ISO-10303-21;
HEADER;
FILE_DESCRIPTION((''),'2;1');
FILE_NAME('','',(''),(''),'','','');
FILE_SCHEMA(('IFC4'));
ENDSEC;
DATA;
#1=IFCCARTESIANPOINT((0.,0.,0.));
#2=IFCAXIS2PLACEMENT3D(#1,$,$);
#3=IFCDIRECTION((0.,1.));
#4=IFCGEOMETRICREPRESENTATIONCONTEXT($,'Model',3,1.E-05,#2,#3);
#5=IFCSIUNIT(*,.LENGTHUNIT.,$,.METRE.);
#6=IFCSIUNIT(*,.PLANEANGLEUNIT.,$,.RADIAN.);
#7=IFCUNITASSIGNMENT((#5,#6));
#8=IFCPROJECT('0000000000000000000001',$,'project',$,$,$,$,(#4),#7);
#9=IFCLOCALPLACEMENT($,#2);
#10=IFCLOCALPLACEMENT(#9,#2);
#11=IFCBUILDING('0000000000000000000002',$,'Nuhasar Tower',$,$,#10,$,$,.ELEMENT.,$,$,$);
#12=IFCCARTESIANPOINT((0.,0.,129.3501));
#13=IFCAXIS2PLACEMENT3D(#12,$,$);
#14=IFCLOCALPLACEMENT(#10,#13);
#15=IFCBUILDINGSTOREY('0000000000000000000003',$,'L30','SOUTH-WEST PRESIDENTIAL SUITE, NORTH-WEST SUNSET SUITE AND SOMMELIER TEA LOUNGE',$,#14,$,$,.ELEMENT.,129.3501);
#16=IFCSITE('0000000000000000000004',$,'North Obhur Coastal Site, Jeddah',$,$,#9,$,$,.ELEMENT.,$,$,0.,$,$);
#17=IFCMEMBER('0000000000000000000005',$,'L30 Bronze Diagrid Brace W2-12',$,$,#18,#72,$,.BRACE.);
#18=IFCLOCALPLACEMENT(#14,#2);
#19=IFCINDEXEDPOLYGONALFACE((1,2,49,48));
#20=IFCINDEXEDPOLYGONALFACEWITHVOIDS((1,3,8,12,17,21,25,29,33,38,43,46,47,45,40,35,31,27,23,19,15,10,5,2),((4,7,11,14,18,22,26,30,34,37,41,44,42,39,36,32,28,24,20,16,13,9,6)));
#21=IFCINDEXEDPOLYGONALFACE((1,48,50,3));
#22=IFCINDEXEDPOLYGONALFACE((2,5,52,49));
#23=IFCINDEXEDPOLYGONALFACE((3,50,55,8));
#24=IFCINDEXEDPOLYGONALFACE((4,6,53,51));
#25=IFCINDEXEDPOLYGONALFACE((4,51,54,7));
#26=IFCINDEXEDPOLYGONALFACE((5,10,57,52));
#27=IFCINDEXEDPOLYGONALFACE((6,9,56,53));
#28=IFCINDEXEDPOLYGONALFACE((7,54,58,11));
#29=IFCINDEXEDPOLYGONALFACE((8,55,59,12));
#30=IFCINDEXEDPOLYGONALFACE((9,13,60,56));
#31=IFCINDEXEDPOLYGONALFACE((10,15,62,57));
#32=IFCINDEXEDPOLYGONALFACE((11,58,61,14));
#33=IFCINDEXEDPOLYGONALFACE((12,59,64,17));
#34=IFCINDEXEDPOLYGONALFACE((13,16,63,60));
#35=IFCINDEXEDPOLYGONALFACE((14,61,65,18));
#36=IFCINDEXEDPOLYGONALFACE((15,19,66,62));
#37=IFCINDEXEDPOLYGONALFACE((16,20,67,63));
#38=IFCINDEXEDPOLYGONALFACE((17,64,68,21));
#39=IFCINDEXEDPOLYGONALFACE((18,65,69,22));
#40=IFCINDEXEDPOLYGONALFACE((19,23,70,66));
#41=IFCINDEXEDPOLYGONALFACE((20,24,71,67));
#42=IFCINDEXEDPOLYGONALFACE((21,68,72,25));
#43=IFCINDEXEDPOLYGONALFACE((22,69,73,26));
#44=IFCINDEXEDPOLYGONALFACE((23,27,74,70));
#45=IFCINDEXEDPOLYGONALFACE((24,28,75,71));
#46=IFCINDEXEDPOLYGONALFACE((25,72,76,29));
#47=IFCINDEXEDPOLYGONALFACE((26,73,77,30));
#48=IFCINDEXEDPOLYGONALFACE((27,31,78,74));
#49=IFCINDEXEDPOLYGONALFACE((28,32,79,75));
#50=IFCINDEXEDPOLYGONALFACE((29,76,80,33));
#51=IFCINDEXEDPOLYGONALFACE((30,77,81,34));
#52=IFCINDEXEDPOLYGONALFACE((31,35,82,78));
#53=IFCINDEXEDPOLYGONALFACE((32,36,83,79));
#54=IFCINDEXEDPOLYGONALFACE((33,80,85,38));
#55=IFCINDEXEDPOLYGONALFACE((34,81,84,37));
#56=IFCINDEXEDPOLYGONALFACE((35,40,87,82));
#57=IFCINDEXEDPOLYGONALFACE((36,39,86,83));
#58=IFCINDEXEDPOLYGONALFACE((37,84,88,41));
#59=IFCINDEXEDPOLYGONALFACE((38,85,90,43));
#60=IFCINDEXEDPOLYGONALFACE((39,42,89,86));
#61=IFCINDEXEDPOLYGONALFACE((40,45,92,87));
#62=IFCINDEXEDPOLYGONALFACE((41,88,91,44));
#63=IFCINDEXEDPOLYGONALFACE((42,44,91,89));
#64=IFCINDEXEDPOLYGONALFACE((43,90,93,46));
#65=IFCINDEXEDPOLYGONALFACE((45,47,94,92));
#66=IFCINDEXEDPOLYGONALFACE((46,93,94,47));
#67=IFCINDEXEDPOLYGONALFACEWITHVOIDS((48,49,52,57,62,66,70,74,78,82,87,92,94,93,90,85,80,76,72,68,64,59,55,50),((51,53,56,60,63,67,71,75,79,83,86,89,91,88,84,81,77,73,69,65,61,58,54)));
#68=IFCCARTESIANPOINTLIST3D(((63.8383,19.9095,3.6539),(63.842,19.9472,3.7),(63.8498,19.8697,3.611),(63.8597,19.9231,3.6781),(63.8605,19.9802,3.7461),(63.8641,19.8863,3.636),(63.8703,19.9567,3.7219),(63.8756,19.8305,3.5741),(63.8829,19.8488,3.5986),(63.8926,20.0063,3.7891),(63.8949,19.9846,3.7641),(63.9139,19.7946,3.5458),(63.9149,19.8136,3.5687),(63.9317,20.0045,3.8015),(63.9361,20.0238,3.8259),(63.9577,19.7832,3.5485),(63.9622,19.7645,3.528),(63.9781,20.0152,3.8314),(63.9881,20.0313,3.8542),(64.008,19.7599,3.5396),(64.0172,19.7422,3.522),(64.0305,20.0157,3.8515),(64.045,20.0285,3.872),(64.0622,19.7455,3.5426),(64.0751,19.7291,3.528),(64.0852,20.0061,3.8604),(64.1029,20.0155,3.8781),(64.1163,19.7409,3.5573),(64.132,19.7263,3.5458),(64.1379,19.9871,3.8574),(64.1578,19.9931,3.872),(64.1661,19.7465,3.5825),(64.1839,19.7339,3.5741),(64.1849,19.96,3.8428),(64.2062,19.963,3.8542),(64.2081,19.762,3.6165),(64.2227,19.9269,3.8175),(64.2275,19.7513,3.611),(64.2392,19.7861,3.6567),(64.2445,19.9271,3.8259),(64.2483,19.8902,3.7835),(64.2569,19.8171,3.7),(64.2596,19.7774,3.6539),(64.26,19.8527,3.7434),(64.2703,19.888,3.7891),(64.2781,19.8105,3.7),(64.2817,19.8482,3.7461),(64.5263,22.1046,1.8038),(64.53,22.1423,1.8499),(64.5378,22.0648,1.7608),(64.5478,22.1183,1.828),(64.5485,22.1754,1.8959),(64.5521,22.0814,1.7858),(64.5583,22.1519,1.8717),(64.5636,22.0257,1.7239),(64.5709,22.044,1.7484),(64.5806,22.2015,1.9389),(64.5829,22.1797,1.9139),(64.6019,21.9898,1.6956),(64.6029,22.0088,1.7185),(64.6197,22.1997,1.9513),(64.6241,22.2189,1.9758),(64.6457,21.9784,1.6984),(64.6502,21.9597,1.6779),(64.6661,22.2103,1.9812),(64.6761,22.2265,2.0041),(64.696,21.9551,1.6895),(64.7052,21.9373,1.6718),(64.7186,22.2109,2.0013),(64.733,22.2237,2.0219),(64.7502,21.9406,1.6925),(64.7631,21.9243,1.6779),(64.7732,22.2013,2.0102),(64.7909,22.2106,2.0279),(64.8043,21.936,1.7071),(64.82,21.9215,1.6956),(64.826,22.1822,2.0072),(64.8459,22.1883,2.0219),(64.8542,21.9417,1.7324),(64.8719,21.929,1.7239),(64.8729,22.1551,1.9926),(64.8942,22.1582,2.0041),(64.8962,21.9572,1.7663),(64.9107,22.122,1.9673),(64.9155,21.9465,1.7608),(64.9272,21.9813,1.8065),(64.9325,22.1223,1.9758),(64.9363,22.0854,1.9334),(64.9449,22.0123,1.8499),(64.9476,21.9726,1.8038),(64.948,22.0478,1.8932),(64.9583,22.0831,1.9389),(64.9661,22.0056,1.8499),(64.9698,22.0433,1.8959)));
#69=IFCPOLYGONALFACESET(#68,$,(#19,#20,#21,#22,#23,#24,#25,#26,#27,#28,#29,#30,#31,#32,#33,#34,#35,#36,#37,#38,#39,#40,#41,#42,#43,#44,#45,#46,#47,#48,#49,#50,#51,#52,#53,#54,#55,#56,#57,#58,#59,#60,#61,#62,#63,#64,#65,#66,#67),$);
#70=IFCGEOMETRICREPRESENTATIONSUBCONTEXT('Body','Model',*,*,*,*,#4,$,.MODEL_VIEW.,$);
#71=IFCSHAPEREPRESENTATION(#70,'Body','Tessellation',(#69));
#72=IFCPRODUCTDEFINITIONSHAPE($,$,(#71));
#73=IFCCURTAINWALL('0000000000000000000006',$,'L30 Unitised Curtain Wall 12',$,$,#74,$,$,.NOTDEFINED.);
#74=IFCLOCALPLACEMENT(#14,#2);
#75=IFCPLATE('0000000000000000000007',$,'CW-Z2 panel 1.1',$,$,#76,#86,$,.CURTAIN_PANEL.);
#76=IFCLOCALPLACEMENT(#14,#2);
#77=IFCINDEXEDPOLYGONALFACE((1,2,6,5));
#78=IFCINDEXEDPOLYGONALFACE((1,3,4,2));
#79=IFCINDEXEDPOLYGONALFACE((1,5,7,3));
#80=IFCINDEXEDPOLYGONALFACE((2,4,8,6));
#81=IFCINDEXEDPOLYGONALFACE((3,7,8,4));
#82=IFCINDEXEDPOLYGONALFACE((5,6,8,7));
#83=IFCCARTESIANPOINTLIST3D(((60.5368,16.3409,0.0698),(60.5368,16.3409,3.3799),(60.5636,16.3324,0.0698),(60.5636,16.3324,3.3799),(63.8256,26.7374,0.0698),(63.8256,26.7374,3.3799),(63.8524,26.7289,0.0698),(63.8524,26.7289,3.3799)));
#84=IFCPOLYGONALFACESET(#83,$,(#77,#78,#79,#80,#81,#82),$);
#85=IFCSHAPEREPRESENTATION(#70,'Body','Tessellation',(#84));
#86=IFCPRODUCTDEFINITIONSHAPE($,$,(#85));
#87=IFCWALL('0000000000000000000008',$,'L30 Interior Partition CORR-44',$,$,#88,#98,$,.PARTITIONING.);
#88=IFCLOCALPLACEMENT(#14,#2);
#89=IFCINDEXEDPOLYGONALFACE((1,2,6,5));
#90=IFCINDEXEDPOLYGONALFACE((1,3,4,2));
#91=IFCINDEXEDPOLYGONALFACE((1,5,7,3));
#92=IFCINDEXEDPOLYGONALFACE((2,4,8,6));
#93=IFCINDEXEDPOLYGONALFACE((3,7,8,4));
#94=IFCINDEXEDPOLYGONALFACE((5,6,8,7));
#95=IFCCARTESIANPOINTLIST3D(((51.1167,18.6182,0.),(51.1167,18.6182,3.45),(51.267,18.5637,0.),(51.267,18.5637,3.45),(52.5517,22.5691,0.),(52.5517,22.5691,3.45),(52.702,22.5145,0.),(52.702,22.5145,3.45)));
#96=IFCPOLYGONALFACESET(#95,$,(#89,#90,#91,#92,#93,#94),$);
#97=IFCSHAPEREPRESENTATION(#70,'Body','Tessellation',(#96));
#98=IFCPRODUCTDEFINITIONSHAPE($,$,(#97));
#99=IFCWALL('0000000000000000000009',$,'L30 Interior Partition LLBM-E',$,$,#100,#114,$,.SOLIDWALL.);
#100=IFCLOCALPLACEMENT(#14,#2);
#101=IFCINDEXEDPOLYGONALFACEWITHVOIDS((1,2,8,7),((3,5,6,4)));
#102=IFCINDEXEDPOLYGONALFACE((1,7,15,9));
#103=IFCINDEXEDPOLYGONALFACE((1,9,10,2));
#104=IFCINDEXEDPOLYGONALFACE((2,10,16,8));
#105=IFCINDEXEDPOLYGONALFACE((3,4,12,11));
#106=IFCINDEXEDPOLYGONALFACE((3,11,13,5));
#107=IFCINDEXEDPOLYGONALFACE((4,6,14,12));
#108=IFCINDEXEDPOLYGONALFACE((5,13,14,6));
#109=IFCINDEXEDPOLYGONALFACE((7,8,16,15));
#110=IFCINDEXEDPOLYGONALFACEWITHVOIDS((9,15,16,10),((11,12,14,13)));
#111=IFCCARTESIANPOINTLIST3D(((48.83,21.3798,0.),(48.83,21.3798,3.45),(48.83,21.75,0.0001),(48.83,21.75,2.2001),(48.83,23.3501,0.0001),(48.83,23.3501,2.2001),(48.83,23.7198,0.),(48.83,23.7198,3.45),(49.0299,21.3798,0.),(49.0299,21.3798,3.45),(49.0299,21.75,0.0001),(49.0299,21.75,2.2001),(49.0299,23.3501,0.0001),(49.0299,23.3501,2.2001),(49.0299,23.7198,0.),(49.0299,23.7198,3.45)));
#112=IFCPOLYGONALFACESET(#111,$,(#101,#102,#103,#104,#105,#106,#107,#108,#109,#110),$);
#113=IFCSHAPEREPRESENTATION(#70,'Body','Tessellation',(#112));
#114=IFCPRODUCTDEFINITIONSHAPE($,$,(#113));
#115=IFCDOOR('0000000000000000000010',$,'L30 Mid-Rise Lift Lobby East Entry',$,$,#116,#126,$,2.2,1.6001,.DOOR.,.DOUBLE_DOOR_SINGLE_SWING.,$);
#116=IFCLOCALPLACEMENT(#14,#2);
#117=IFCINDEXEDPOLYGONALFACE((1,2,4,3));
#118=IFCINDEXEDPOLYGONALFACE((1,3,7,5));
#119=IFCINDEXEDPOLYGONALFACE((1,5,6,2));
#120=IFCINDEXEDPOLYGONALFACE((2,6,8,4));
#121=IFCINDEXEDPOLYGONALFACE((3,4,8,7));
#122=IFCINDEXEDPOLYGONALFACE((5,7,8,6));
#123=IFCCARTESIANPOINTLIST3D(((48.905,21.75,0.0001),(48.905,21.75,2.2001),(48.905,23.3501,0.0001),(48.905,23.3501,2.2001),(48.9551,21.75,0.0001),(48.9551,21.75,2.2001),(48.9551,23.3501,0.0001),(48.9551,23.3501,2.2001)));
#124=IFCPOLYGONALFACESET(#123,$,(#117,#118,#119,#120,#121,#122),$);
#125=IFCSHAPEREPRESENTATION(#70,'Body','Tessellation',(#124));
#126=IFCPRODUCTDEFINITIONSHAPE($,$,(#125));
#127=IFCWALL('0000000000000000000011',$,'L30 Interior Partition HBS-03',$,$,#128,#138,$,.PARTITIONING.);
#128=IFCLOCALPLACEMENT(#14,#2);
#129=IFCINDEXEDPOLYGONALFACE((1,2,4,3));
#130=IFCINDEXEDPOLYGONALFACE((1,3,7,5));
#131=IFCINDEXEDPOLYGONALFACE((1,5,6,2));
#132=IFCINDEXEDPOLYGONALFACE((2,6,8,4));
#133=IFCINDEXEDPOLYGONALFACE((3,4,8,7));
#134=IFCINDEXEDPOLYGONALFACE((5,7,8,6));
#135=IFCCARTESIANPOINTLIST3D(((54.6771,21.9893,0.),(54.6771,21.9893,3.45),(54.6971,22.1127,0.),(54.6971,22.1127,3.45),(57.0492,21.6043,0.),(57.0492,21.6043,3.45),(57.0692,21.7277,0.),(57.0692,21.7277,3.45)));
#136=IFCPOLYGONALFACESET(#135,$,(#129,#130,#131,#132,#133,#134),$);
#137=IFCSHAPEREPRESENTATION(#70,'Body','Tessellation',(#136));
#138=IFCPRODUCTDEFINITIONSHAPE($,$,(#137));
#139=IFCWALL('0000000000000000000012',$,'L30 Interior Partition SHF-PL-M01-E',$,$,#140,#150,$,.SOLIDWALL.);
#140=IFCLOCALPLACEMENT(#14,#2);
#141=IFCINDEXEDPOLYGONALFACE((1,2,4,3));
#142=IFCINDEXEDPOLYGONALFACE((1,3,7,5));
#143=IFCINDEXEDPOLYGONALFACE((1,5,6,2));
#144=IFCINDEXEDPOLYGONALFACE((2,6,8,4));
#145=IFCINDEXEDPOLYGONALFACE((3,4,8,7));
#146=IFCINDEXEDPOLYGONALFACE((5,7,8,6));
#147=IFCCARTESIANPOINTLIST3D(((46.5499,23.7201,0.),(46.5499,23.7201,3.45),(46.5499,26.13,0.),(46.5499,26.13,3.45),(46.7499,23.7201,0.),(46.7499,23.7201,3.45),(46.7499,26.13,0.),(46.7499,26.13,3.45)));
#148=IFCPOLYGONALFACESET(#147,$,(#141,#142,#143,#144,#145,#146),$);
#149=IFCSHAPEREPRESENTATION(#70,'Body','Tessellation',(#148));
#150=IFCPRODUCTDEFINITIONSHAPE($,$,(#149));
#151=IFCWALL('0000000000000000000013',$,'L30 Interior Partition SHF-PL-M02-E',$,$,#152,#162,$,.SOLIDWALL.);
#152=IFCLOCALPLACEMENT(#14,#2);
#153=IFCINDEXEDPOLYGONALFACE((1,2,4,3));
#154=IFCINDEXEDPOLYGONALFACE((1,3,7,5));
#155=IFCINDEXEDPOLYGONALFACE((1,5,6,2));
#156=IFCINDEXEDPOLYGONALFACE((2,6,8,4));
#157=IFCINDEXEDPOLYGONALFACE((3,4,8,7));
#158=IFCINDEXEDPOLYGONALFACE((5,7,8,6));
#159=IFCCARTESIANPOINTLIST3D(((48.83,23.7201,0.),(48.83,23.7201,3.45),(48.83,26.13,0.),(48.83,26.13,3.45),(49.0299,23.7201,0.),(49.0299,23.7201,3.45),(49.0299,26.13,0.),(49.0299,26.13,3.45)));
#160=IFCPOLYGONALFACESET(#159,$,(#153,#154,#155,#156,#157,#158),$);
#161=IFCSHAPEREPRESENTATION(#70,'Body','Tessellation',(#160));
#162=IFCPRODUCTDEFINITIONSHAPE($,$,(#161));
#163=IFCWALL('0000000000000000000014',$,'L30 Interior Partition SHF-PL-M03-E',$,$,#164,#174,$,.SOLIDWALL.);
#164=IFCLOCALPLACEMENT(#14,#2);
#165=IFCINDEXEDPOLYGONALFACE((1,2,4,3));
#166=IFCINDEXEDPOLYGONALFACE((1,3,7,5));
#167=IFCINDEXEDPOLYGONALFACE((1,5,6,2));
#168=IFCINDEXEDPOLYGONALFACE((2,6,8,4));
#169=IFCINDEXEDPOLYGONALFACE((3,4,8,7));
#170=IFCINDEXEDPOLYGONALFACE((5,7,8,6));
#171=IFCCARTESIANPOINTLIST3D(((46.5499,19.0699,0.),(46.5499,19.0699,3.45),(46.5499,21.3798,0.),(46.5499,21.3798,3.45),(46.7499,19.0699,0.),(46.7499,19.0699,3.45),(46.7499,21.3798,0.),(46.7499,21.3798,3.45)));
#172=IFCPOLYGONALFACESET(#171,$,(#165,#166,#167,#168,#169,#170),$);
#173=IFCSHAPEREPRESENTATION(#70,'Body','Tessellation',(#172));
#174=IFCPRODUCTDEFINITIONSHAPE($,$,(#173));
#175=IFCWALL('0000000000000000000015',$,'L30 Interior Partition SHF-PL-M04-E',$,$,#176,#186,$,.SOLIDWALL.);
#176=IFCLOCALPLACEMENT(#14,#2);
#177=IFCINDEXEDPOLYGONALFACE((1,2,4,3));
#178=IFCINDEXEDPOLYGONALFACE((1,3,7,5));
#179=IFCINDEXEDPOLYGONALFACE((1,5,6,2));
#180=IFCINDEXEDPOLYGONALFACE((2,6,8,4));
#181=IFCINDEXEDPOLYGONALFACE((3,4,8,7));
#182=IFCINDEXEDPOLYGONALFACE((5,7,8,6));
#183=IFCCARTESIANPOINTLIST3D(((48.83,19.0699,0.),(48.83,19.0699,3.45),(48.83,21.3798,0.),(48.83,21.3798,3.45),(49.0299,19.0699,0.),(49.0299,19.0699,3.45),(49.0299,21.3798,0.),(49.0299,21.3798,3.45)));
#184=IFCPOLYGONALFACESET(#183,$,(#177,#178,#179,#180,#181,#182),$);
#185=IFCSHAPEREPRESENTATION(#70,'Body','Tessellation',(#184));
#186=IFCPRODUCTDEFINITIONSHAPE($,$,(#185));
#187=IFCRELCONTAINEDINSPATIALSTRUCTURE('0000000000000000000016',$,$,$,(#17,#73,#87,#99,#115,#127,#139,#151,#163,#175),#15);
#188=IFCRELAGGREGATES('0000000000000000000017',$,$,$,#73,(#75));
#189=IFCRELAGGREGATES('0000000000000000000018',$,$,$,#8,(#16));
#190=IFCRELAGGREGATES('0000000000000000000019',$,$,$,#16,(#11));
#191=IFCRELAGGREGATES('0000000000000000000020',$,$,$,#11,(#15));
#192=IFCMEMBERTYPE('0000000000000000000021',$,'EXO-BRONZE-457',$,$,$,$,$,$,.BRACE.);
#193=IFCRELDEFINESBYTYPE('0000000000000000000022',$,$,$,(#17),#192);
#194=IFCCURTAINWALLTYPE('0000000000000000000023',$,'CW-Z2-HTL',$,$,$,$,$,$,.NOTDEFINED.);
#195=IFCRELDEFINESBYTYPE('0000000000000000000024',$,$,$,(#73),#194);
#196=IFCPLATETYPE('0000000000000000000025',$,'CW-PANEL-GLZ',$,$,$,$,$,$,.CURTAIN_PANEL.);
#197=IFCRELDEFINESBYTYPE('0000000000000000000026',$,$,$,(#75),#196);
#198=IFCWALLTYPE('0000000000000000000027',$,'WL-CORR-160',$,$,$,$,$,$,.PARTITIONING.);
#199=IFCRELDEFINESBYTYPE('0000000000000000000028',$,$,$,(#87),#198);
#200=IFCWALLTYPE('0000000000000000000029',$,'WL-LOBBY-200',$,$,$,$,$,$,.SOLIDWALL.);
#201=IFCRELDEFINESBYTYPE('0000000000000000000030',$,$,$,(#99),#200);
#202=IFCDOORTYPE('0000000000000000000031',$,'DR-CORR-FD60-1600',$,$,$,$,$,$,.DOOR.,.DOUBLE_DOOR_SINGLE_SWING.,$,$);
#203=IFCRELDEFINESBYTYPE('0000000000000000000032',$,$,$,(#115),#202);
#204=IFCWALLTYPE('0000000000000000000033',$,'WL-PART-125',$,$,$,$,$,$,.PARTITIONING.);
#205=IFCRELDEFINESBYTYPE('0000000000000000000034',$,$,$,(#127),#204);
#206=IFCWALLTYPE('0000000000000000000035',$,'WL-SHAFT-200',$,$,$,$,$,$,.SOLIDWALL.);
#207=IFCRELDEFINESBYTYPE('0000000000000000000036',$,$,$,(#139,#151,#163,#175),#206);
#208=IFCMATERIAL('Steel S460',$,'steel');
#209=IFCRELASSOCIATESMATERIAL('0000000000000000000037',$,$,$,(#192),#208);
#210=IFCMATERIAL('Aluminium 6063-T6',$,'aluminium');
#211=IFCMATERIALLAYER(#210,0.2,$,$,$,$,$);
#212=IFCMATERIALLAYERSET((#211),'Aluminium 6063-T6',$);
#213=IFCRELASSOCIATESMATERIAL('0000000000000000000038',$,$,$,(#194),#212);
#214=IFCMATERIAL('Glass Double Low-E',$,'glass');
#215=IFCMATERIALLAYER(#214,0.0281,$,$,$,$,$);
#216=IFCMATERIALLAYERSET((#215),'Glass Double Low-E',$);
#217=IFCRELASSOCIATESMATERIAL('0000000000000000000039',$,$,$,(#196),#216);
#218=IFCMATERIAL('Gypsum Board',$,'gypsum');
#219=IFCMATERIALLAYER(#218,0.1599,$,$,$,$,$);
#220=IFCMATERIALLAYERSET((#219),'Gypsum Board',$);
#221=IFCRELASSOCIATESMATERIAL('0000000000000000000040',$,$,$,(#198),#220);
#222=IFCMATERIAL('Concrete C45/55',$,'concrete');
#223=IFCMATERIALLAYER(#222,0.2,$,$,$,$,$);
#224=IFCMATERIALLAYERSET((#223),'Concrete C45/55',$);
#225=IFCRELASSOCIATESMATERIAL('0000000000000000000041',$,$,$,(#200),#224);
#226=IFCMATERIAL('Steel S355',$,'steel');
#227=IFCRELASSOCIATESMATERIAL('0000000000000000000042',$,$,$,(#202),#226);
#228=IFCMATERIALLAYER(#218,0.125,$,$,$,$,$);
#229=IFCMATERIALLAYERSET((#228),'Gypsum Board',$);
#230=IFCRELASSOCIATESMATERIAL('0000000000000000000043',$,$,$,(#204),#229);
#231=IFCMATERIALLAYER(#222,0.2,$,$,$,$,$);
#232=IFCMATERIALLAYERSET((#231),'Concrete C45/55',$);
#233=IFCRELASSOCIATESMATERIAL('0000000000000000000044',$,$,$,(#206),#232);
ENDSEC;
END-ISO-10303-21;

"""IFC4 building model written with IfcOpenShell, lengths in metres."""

from ifc_helpers import new_model, si_unit, direction, frame, frame_2d, origin, origin_2d, place, context, subcontext, project, spatial, rectangle, hollow_circle, extrude, material, layer, layer_set, material_profile, profile_set, type_object, element, fill, aggregate, save


model = new_model("IFC4")

# Units and contexts
model_context = context("Model", 3, precision=1e-05, world=origin(), true_north=direction((0.0, 1.0)))
body_context = subcontext(model_context, "Body", "Model", "MODEL_VIEW")
ifc_project = project(units=[si_unit("LENGTHUNIT", "METRE"), si_unit("PLANEANGLEUNIT", "RADIAN")], contexts=[model_context])

# Site, building, storey
site_placement = place(None, origin())
site = spatial("IfcSite", under=ifc_project, at=site_placement, Name="North Obhur Coastal Site, Jeddah", CompositionType="ELEMENT", RefElevation=0.0)
building_placement = place(site_placement, origin())
building = spatial("IfcBuilding", under=site, at=building_placement, Name="Nuhasar Tower", CompositionType="ELEMENT")
storey_placement = place(building_placement, frame((0.0, 0.0, 129.3501)))
storey = spatial("IfcBuildingStorey", under=building, at=storey_placement, Name="L30", Description="SOUTH-WEST PRESIDENTIAL SUITE, NORTH-WEST SUNSET SUITE AND SOMMELIER TEA LOUNGE", CompositionType="ELEMENT", Elevation=129.3501)

# Shared definitions
ifc_material_1 = material(Name="Steel S355", Category="steel")

# Member
ifc_material_2 = material(Name="Steel S460", Category="steel")
ifc_material_profile_1 = material_profile(ifc_material_2, hollow_circle(Radius=0.2285, WallThickness=0.0222, at=origin_2d()), Name="HSS457X22.2")
ifc_profile_set_1 = profile_set([ifc_material_profile_1], Name="Steel S460")
member_type = type_object("IfcMemberType", Name="EXO-BRONZE-457", PredefinedType="BRACE", material=ifc_profile_set_1)
member_1_placement = place(storey_placement, frame((64.748, 22.074, 1.8499), z_axis=(-0.233056, -0.743578, 0.626719), x_axis=(0.954228, -0.299079, 0.0)))
element("IfcMember", 1, at=member_1_placement, inside=storey, type_object=member_type, Name="L30 Bronze Diagrid Brace W2-12", PredefinedType="BRACE", context=body_context, shape_type="SweptSolid", body=[
    extrude(hollow_circle(Radius=0.2285, WallThickness=0.0222, at=origin_2d()), origin(), (0.0, 0.0, 1.0), 2.9521),
])

# Curtain wall, plate
ifc_material_3 = material(Name="Aluminium 6063-T6", Category="aluminium")
ifc_layer_1 = layer(ifc_material_3, 0.2)
ifc_layer_set_1 = layer_set([ifc_layer_1], Name="Aluminium 6063-T6")
curtain_wall_type = type_object("IfcCurtainWallType", Name="CW-Z2-HTL", PredefinedType="NOTDEFINED", material=ifc_layer_set_1)
curtain_wall_placement = place(storey_placement, origin())
curtain_wall = element("IfcCurtainWall", 2, at=curtain_wall_placement, inside=storey, type_object=curtain_wall_type, Name="L30 Unitised Curtain Wall 12", PredefinedType="NOTDEFINED")
ifc_material_4 = material(Name="Glass Double Low-E", Category="glass")
ifc_layer_2 = layer(ifc_material_4, 0.0281)
ifc_layer_set_2 = layer_set([ifc_layer_2], Name="Glass Double Low-E")
plate_type = type_object("IfcPlateType", Name="CW-PANEL-GLZ", PredefinedType="CURTAIN_PANEL", material=ifc_layer_set_2)
plate_placement = place(storey_placement, frame((62.1946, 21.5349, 0.0698), z_axis=(0.0, 0.0, 1.0), x_axis=(0.301604, 0.953433, 0.0)))
plate = element("IfcPlate", 3, at=plate_placement, type_object=plate_type, Name="CW-Z2 panel 1.1", PredefinedType="CURTAIN_PANEL", context=body_context, shape_type="SweptSolid", body=[
    extrude(rectangle(XDim=10.9043, YDim=0.0281, at=origin_2d()), origin(), (0.0, 0.0, 1.0), 3.3101),
])
aggregate(curtain_wall, [plate])

# Wall
ifc_material_5 = material(Name="Gypsum Board", Category="gypsum")
ifc_layer_3 = layer(ifc_material_5, 0.1599)
ifc_layer_set_3 = layer_set([ifc_layer_3], Name="Gypsum Board")
wall_type_1 = type_object("IfcWallType", Name="WL-CORR-160", PredefinedType="PARTITIONING", material=ifc_layer_set_3)
wall_1_placement = place(storey_placement, frame((51.1919, 18.5911, 0.0), z_axis=(0.0, 0.0, 1.0), x_axis=(0.341398, 0.939919, 0.0)))
element("IfcWall", 4, at=wall_1_placement, inside=storey, type_object=wall_type_1, Name="L30 Interior Partition CORR-44", PredefinedType="PARTITIONING", context=body_context, shape_type="SweptSolid", body=[
    extrude(rectangle(XDim=4.2034, YDim=0.1599, at=frame_2d((2.1016, 0.0))), origin(), (0.0, 0.0, 1.0), 3.45),
])

# Wall, opening, door
ifc_material_6 = material(Name="Concrete C45/55", Category="concrete")
ifc_layer_4 = layer(ifc_material_6, 0.2)
ifc_layer_set_4 = layer_set([ifc_layer_4], Name="Concrete C45/55")
wall_type_2 = type_object("IfcWallType", Name="WL-LOBBY-200", PredefinedType="SOLIDWALL", material=ifc_layer_set_4)
wall_2_placement = place(storey_placement, frame((48.9299, 21.3799, 0.0), z_axis=(0.0, 0.0, 1.0), x_axis=(0.0, 1.0, 0.0)))
wall_2 = element("IfcWall", 5, at=wall_2_placement, inside=storey, type_object=wall_type_2, Name="L30 Interior Partition LLBM-E", PredefinedType="SOLIDWALL", context=body_context, shape_type="SweptSolid", body=[
    extrude(rectangle(XDim=2.3401, YDim=0.2, at=frame_2d((1.1699, 0.0))), origin(), (0.0, 0.0, 1.0), 3.45),
])
opening_1_placement = place(wall_2_placement, frame((0.3701, 0.0, 0.0)))
opening_1 = element("IfcOpeningElement", 6, at=opening_1_placement, cuts=wall_2, PredefinedType="OPENING", context=body_context, shape_type="SweptSolid", body=[
    extrude(rectangle(XDim=1.6001, YDim=2.2, at=frame_2d((0.8, 1.1001))), frame((0.0, 0.1099, 0.0), z_axis=(0.0, -1.0, 0.0), x_axis=(1.0, 0.0, 0.0)), (0.0, 0.0, 1.0), 0.22),
])
door_type_1 = type_object("IfcDoorType", Name="DR-CORR-FD60-1600", OperationType="DOUBLE_DOOR_SINGLE_SWING", PredefinedType="DOOR", material=ifc_material_1)
door_1_placement = place(opening_1_placement, origin())
door_1 = element("IfcDoor", 7, at=door_1_placement, inside=storey, type_object=door_type_1, Name="L30 Mid-Rise Lift Lobby East Entry", OperationType="DOUBLE_DOOR_SINGLE_SWING", OverallHeight=2.2, OverallWidth=1.6001, PredefinedType="DOOR", context=body_context, shape_type="SweptSolid", body=[
    extrude(rectangle(XDim=1.6001, YDim=2.2, at=frame_2d((0.8, 1.1001))), frame((0.0, 0.0249, 0.0), z_axis=(0.0, -1.0, 0.0), x_axis=(1.0, 0.0, 0.0)), (0.0, 0.0, 1.0), 0.05),
])
fill(opening_1, door_1)

# Walls
ifc_layer_5 = layer(ifc_material_5, 0.125)
ifc_layer_set_5 = layer_set([ifc_layer_5], Name="Gypsum Board")
wall_type_3 = type_object("IfcWallType", Name="WL-PART-125", PredefinedType="PARTITIONING", material=ifc_layer_set_5)
wall_3_placement = place(storey_placement, frame((54.687, 22.051, 0.0), z_axis=(0.0, 0.0, 1.0), x_axis=(0.987082, -0.160213, 0.0)))
element("IfcWall", 8, at=wall_3_placement, inside=storey, type_object=wall_type_3, Name="L30 Interior Partition HBS-03", PredefinedType="PARTITIONING", context=body_context, shape_type="SweptSolid", body=[
    extrude(rectangle(XDim=2.4031, YDim=0.125, at=frame_2d((1.2017, 0.0))), origin(), (0.0, 0.0, 1.0), 3.45),
])
ifc_layer_6 = layer(ifc_material_6, 0.2)
ifc_layer_set_6 = layer_set([ifc_layer_6], Name="Concrete C45/55")
wall_type_4 = type_object("IfcWallType", Name="WL-SHAFT-200", PredefinedType="SOLIDWALL", material=ifc_layer_set_6)
wall_4_placement = place(storey_placement, frame((46.6499, 23.72, 0.0), z_axis=(0.0, 0.0, 1.0), x_axis=(0.0, 1.0, 0.0)))
element("IfcWall", 9, at=wall_4_placement, inside=storey, type_object=wall_type_4, Name="L30 Interior Partition SHF-PL-M01-E", PredefinedType="SOLIDWALL", context=body_context, shape_type="SweptSolid", body=[
    extrude(rectangle(XDim=2.4099, YDim=0.2, at=frame_2d((1.2051, 0.0))), origin(), (0.0, 0.0, 1.0), 3.45),
])

# Walls
wall_5_placement = place(storey_placement, frame((48.9299, 23.72, 0.0), z_axis=(0.0, 0.0, 1.0), x_axis=(0.0, 1.0, 0.0)))
element("IfcWall", 10, at=wall_5_placement, inside=storey, type_object=wall_type_4, Name="L30 Interior Partition SHF-PL-M02-E", PredefinedType="SOLIDWALL", context=body_context, shape_type="SweptSolid", body=[
    extrude(rectangle(XDim=2.4099, YDim=0.2, at=frame_2d((1.2051, 0.0))), origin(), (0.0, 0.0, 1.0), 3.45),
])
for number, where, z_axis, x_axis, name in (
    (11, (46.6499, 19.0701, 0.0), (0.0, 0.0, 1.0), (0.0, 1.0, 0.0), "L30 Interior Partition SHF-PL-M03-E"),
    (12, (48.9299, 19.0701, 0.0), (0.0, 0.0, 1.0), (0.0, 1.0, 0.0), "L30 Interior Partition SHF-PL-M04-E"),
):
    element("IfcWall", number, at=place(storey_placement, frame(where, z_axis=z_axis, x_axis=x_axis)), inside=storey, type_object=wall_type_4, Name=name, PredefinedType="SOLIDWALL", context=body_context, shape_type="SweptSolid", body=[
        extrude(rectangle(XDim=2.3098, YDim=0.2, at=frame_2d((1.1548, 0.0))), origin(), (0.0, 0.0, 1.0), 3.45),
    ])

save(model, "model.ifc")
